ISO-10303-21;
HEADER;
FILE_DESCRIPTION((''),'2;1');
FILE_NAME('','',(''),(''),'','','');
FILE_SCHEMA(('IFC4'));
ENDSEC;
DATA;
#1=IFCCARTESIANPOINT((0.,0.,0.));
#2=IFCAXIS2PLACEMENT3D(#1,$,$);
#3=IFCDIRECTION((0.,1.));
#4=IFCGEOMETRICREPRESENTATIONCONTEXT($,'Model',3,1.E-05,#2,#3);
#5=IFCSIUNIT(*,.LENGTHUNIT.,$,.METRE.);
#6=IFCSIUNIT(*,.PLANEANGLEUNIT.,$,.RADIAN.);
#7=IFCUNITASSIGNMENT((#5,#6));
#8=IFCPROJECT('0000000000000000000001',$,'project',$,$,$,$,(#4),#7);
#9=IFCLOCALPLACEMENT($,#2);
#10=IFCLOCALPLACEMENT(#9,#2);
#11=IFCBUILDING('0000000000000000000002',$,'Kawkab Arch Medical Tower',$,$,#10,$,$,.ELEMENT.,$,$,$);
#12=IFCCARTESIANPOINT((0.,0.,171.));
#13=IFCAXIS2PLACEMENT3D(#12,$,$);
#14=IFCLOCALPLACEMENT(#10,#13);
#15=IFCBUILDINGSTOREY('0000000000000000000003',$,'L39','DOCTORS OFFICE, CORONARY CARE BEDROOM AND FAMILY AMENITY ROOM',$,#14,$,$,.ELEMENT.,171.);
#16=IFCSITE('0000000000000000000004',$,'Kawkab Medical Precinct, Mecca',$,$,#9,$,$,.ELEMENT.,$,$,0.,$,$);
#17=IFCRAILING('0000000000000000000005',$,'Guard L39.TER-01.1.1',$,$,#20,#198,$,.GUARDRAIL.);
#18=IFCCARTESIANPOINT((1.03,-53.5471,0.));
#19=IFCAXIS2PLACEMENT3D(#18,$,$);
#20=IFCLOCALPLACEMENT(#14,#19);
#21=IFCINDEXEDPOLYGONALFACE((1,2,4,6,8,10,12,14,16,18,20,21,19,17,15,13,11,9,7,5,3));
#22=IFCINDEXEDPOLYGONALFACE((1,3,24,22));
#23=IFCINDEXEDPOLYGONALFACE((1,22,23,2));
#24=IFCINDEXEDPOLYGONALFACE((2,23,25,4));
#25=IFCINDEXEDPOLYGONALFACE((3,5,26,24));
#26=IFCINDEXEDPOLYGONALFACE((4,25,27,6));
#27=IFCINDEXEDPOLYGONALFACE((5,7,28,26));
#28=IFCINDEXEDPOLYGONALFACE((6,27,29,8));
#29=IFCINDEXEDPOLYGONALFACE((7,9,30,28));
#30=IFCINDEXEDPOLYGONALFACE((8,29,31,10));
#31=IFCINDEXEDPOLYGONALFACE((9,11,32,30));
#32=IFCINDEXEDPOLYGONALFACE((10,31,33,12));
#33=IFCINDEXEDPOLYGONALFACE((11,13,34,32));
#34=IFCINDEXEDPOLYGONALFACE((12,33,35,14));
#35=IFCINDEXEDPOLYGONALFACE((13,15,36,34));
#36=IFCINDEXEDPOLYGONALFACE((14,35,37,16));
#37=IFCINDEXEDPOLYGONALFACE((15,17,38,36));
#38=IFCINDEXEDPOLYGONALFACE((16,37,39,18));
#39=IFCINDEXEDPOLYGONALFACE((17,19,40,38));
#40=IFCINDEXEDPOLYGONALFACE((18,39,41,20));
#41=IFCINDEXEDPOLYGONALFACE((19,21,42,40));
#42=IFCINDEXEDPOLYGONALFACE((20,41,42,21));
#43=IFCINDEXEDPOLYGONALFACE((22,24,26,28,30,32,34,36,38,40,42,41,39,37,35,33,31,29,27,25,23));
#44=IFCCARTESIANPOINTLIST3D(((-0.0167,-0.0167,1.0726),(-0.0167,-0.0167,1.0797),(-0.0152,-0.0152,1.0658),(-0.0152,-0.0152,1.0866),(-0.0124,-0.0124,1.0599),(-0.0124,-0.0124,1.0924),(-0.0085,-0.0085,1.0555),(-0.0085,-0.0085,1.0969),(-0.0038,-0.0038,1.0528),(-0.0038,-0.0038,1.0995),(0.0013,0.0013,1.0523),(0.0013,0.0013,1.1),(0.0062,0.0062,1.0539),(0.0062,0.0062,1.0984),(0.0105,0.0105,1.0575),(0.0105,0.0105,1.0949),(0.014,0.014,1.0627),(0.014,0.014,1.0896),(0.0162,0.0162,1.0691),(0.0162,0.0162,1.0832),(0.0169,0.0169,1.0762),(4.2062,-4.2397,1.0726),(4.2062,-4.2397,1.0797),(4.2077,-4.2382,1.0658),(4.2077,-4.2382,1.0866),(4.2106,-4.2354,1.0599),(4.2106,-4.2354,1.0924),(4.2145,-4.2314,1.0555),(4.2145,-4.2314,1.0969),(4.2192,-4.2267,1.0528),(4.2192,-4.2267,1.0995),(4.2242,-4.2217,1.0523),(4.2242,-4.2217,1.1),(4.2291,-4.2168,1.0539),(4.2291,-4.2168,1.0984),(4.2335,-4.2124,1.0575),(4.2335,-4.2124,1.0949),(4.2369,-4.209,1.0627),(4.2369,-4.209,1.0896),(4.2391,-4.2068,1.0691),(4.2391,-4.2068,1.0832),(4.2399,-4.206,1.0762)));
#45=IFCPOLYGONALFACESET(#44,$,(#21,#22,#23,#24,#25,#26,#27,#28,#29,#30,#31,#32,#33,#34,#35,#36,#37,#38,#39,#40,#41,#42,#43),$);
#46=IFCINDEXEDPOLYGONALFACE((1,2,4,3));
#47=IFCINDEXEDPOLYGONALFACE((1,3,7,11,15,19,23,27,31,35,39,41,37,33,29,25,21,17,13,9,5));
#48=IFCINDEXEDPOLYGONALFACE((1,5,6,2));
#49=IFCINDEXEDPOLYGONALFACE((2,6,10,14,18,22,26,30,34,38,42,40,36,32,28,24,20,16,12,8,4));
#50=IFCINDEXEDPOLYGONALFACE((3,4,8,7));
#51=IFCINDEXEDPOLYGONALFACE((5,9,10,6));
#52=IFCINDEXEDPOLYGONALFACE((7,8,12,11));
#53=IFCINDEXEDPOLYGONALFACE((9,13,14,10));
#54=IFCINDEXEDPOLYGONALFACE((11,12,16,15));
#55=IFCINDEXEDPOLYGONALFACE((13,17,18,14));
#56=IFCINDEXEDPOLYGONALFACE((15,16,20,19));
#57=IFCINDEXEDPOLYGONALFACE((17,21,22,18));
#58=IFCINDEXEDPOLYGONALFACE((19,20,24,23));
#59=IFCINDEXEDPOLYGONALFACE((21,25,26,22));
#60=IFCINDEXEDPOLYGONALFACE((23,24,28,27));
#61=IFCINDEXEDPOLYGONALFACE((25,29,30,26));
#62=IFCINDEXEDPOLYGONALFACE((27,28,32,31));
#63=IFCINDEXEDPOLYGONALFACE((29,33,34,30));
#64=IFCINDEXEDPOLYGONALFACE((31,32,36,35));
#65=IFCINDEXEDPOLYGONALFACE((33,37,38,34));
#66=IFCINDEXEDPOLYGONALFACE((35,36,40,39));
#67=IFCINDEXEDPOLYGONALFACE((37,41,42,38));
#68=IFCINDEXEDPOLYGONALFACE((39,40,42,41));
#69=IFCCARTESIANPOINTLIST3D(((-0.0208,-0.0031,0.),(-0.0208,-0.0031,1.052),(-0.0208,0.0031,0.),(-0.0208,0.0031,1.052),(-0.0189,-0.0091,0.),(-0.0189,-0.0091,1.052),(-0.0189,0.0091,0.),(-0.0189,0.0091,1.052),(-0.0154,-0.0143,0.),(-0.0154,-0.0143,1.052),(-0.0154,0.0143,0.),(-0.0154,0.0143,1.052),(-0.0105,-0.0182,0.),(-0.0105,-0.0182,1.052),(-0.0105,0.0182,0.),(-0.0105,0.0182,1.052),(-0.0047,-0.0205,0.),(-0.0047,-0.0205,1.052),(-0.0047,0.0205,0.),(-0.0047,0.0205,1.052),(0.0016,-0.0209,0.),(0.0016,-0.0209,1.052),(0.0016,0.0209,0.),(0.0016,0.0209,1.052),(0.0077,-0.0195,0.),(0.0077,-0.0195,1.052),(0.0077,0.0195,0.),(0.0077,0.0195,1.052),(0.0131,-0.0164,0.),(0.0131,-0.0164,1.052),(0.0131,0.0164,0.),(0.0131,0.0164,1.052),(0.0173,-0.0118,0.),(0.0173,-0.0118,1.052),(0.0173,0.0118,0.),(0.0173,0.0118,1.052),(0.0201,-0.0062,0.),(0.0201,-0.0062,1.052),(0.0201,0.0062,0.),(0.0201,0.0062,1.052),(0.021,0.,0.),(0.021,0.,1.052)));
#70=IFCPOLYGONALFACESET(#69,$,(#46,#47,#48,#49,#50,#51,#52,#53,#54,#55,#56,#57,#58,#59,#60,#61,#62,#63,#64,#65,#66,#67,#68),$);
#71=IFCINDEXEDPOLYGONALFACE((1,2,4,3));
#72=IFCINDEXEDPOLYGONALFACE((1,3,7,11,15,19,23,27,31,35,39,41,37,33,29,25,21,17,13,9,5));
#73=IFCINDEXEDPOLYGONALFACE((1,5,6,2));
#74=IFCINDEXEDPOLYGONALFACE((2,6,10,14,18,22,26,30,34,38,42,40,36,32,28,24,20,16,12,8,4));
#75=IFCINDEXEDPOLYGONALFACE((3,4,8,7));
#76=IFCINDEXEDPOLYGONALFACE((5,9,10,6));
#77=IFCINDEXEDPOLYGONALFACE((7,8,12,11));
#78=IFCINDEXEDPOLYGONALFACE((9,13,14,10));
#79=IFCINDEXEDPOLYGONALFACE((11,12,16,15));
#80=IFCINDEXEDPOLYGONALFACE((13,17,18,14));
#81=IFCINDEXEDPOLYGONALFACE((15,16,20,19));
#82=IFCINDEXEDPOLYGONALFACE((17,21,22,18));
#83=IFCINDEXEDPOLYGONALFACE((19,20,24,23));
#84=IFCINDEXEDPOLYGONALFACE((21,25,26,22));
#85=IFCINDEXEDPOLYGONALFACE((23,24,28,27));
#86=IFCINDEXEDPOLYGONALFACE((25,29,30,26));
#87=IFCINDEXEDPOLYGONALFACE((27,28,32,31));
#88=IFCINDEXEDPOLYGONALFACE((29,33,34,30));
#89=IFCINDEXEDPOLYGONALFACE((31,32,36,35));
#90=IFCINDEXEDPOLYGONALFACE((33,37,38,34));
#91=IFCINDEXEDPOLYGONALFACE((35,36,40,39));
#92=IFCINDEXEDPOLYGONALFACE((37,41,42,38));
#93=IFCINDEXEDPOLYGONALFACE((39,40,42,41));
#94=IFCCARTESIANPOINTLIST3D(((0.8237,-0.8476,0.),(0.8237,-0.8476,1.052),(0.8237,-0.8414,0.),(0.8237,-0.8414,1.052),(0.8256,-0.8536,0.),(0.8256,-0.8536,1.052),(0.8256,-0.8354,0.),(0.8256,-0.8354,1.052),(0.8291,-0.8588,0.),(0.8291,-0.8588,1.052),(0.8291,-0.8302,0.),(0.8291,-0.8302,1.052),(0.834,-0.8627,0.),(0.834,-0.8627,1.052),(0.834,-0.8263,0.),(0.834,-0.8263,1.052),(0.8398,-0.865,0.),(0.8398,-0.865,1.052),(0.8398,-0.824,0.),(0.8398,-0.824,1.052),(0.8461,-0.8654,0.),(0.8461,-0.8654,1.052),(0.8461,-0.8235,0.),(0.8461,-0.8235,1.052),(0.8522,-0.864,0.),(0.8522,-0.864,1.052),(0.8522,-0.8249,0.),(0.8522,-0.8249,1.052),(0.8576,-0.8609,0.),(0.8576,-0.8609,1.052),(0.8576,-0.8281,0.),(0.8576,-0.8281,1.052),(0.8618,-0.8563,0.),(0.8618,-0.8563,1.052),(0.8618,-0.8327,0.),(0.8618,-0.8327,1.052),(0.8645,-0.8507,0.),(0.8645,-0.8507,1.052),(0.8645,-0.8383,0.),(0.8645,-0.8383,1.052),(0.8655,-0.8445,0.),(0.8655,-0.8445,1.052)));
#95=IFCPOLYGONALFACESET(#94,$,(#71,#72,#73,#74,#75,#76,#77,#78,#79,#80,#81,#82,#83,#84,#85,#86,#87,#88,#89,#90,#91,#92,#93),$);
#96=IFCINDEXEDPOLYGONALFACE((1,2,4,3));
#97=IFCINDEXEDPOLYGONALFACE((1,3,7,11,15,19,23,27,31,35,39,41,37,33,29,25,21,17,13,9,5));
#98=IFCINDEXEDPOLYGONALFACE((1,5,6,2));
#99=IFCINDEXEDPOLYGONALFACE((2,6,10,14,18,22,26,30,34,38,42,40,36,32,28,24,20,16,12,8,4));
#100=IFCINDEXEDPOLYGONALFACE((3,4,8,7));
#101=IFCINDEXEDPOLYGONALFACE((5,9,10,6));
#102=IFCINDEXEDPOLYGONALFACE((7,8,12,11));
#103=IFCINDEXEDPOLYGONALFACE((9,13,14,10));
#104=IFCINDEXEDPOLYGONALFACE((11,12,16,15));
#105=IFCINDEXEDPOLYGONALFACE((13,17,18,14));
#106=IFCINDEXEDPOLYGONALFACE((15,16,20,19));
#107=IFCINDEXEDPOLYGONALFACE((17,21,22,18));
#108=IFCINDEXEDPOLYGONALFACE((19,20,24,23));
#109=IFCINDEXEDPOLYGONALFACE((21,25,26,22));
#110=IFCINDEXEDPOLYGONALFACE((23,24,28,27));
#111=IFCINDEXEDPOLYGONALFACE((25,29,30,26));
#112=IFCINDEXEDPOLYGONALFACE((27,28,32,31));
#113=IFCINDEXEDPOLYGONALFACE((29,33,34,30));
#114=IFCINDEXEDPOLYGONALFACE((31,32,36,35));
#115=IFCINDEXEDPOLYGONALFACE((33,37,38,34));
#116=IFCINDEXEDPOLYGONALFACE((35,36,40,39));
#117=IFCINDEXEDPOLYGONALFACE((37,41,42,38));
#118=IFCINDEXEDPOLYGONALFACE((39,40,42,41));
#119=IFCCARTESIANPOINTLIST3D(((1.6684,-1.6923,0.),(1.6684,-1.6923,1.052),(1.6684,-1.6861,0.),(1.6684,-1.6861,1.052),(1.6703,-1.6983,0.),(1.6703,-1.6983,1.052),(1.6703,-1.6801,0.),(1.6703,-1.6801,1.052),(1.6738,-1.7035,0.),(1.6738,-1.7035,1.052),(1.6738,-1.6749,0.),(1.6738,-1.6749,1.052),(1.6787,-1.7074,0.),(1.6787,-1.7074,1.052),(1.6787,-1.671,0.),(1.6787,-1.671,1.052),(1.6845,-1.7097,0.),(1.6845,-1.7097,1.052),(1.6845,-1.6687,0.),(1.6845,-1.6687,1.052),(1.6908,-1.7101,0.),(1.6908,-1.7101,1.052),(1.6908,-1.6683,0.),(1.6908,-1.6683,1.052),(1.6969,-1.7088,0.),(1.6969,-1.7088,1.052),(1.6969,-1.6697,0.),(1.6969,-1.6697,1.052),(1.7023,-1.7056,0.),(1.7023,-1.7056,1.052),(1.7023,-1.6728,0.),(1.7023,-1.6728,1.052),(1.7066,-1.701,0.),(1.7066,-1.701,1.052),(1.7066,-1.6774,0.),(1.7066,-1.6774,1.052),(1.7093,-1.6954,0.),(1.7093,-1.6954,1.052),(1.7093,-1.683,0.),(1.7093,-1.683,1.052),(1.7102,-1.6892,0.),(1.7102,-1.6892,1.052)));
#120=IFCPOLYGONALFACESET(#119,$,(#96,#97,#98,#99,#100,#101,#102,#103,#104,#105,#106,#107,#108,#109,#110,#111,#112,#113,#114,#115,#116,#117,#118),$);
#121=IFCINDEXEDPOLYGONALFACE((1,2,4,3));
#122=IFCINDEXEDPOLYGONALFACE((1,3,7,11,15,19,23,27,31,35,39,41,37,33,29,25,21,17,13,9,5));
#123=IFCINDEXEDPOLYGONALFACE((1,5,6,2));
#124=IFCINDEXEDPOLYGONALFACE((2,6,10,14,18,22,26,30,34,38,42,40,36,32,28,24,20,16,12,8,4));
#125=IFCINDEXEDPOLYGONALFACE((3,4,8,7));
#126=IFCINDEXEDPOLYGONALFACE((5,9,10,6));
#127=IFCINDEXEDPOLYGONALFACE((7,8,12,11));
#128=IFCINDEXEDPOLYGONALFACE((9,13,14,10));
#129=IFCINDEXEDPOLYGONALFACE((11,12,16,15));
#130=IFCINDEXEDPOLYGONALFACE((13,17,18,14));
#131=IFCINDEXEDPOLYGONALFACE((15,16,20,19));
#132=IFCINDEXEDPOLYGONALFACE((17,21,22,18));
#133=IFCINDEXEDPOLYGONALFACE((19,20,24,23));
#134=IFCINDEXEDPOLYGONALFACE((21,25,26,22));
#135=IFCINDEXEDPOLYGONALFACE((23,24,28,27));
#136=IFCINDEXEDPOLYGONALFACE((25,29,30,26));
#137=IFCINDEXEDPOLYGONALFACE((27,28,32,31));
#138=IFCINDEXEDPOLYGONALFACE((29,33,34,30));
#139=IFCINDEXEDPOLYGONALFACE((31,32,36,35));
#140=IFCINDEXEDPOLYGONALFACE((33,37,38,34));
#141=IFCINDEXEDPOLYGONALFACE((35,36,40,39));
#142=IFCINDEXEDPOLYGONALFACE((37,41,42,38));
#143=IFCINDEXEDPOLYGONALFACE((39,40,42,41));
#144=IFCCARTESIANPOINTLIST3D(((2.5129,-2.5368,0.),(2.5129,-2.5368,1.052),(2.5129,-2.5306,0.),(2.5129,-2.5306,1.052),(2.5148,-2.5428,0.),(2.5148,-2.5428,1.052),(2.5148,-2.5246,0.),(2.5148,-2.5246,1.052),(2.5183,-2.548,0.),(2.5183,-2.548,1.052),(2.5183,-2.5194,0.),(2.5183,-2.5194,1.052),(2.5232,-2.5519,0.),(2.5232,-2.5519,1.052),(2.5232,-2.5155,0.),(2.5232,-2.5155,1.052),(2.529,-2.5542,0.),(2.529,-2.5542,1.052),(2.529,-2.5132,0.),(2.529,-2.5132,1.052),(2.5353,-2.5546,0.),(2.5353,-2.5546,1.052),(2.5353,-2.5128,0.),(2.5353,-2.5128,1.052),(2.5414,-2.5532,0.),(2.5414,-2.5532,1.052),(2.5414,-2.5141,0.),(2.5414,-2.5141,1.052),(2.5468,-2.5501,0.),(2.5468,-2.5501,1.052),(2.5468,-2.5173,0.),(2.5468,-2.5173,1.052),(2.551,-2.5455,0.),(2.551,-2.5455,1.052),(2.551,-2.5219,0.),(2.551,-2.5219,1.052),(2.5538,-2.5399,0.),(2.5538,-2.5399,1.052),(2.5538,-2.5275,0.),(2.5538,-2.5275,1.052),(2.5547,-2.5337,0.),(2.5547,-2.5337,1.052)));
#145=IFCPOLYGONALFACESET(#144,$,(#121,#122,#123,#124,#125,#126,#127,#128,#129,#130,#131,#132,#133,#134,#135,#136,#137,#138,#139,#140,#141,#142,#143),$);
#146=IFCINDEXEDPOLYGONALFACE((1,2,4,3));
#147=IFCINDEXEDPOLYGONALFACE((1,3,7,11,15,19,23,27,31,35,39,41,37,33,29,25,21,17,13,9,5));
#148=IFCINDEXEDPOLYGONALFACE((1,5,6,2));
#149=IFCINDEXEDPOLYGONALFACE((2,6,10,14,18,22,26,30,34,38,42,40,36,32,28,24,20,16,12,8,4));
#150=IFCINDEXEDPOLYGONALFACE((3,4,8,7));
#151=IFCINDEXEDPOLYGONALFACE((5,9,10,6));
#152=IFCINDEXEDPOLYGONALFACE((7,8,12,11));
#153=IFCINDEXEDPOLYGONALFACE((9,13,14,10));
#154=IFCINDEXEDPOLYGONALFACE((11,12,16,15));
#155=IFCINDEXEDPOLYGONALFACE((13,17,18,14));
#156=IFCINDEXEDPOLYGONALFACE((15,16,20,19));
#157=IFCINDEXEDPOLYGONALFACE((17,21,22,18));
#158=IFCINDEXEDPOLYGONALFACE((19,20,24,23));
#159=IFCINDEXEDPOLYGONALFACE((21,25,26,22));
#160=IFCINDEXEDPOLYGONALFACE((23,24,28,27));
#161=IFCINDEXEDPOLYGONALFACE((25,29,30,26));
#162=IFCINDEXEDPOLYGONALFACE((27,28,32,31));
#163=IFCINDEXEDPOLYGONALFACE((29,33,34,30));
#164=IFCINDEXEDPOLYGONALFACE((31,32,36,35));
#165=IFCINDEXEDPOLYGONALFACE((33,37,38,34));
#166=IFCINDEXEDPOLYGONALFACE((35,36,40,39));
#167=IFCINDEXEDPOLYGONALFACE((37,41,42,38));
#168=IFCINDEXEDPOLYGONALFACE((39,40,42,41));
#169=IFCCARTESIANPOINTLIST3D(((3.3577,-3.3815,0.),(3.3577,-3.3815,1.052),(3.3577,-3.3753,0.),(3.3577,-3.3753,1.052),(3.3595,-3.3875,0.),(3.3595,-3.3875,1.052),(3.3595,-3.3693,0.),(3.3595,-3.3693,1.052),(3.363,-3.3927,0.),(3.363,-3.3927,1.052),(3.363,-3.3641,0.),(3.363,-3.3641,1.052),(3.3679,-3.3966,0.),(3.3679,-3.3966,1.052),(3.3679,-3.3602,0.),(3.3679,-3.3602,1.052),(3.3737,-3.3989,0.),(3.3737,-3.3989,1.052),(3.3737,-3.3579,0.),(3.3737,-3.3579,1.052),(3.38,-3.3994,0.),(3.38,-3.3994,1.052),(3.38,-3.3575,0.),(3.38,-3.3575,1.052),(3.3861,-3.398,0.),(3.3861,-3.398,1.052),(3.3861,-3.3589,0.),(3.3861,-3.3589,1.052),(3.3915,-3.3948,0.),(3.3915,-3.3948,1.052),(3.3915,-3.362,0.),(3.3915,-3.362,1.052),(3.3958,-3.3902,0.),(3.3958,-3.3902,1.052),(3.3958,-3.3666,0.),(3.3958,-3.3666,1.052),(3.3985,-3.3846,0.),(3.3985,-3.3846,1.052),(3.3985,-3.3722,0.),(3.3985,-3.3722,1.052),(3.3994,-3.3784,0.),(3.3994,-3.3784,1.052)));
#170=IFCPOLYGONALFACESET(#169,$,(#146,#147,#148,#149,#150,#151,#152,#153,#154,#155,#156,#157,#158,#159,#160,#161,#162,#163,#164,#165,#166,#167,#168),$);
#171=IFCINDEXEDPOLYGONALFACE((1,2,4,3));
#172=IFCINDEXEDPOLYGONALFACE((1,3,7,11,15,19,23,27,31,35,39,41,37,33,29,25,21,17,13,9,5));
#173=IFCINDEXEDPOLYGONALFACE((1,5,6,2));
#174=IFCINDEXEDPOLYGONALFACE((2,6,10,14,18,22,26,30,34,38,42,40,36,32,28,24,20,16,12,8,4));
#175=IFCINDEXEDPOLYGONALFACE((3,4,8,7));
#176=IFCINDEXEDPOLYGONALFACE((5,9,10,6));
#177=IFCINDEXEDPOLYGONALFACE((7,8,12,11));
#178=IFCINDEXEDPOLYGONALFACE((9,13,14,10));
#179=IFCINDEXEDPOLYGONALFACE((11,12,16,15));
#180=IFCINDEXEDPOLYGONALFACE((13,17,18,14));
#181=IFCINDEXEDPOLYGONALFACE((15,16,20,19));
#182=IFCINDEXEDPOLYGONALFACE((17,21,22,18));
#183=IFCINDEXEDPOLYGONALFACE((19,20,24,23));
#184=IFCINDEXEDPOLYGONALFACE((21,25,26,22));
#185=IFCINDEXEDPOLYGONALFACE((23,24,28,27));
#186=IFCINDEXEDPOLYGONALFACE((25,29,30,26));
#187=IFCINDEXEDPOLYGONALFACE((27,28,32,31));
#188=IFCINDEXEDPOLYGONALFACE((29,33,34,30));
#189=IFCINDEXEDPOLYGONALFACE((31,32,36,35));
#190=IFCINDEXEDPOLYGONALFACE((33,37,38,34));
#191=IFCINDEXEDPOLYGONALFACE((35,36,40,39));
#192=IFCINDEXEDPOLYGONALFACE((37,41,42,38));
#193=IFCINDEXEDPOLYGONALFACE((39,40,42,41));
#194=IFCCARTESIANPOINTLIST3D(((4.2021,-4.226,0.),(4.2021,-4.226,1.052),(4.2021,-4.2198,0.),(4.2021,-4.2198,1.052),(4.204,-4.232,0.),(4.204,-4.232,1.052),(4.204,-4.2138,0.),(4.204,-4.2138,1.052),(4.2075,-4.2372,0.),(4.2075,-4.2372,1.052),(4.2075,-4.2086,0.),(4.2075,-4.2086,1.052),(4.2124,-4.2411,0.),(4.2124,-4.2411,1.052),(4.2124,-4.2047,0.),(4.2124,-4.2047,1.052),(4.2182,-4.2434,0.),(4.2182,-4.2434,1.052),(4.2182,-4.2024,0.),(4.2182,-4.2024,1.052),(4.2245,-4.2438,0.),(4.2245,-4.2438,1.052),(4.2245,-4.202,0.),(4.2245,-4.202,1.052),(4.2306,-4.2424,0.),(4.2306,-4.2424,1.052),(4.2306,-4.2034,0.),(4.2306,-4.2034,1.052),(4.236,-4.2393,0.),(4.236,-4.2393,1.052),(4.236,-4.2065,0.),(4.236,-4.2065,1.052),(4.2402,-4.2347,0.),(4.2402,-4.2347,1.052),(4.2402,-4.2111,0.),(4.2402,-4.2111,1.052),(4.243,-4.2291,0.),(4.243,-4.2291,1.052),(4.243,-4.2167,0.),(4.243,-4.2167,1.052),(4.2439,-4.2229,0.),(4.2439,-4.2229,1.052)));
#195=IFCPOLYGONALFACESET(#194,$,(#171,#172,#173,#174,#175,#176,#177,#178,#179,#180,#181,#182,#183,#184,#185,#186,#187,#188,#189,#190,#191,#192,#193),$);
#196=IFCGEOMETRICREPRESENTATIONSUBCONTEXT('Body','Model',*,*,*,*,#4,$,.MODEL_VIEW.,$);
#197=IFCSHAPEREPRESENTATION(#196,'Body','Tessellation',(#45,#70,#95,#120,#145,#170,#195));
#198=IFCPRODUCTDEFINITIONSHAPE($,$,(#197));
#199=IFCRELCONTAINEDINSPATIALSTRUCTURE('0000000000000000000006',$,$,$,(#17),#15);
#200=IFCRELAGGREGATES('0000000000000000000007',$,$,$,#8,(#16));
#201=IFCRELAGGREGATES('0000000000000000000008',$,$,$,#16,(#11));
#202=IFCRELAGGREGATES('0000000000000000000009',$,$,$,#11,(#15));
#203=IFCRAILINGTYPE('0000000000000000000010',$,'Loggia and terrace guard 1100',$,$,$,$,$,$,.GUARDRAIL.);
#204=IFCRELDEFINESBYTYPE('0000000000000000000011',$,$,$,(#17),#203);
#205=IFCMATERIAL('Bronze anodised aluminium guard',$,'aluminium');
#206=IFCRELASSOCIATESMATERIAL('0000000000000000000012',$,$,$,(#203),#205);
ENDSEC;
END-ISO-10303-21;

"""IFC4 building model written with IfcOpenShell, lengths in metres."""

from ifc_helpers import new_model, si_unit, direction, frame, origin, origin_2d, place, context, subcontext, project, spatial, circle, extrude, material, type_object, element, save


model = new_model("IFC4")

# Units and contexts
model_context = context("Model", 3, precision=1e-05, world=origin(), true_north=direction((0.0, 1.0)))
body_context = subcontext(model_context, "Body", "Model", "MODEL_VIEW")
ifc_project = project(units=[si_unit("LENGTHUNIT", "METRE"), si_unit("PLANEANGLEUNIT", "RADIAN")], contexts=[model_context])

# Site, building, storey
site_placement = place(None, origin())
site = spatial("IfcSite", under=ifc_project, at=site_placement, Name="Kawkab Medical Precinct, Mecca", CompositionType="ELEMENT", RefElevation=0.0)
building_placement = place(site_placement, origin())
building = spatial("IfcBuilding", under=site, at=building_placement, Name="Kawkab Arch Medical Tower", CompositionType="ELEMENT")
storey_placement = place(building_placement, frame((0.0, 0.0, 171.0)))
storey = spatial("IfcBuildingStorey", under=building, at=storey_placement, Name="L39", Description="DOCTORS OFFICE, CORONARY CARE BEDROOM AND FAMILY AMENITY ROOM", CompositionType="ELEMENT", Elevation=171.0)

# Railing
ifc_material_1 = material(Name="Bronze anodised aluminium guard", Category="aluminium")
railing_type_1 = type_object("IfcRailingType", Name="Loggia and terrace guard 1100", PredefinedType="GUARDRAIL", material=ifc_material_1)
railing_1_placement = place(storey_placement, frame((1.03, -53.5471, 0.0)))
element("IfcRailing", 1, at=railing_1_placement, inside=storey, type_object=railing_type_1, Name="Guard L39.TER-01.1.1", PredefinedType="GUARDRAIL", context=body_context, shape_type="SweptSolid", body=[
    extrude(circle(Radius=0.0239, at=origin_2d()), frame((0.0, 0.0, 1.0762), z_axis=(0.707107, -0.707107, 0.0), x_axis=(0.707107, 0.707107, 0.0)), (0.0, 0.0, 1.0), 5.9722),
    extrude(circle(Radius=0.021, at=origin_2d()), origin(), (0.0, 0.0, 1.0), 1.052),
    extrude(circle(Radius=0.021, at=origin_2d()), frame((0.8445, -0.8445, 0.0)), (0.0, 0.0, 1.0), 1.052),
    extrude(circle(Radius=0.021, at=origin_2d()), frame((1.6892, -1.6892, 0.0)), (0.0, 0.0, 1.0), 1.052),
    extrude(circle(Radius=0.021, at=origin_2d()), frame((2.5337, -2.5337, 0.0)), (0.0, 0.0, 1.0), 1.052),
    extrude(circle(Radius=0.021, at=origin_2d()), frame((3.3784, -3.3784, 0.0)), (0.0, 0.0, 1.0), 1.052),
    extrude(circle(Radius=0.021, at=origin_2d()), frame((4.2229, -4.2229, 0.0)), (0.0, 0.0, 1.0), 1.052),
])

save(model, "model.ifc")
